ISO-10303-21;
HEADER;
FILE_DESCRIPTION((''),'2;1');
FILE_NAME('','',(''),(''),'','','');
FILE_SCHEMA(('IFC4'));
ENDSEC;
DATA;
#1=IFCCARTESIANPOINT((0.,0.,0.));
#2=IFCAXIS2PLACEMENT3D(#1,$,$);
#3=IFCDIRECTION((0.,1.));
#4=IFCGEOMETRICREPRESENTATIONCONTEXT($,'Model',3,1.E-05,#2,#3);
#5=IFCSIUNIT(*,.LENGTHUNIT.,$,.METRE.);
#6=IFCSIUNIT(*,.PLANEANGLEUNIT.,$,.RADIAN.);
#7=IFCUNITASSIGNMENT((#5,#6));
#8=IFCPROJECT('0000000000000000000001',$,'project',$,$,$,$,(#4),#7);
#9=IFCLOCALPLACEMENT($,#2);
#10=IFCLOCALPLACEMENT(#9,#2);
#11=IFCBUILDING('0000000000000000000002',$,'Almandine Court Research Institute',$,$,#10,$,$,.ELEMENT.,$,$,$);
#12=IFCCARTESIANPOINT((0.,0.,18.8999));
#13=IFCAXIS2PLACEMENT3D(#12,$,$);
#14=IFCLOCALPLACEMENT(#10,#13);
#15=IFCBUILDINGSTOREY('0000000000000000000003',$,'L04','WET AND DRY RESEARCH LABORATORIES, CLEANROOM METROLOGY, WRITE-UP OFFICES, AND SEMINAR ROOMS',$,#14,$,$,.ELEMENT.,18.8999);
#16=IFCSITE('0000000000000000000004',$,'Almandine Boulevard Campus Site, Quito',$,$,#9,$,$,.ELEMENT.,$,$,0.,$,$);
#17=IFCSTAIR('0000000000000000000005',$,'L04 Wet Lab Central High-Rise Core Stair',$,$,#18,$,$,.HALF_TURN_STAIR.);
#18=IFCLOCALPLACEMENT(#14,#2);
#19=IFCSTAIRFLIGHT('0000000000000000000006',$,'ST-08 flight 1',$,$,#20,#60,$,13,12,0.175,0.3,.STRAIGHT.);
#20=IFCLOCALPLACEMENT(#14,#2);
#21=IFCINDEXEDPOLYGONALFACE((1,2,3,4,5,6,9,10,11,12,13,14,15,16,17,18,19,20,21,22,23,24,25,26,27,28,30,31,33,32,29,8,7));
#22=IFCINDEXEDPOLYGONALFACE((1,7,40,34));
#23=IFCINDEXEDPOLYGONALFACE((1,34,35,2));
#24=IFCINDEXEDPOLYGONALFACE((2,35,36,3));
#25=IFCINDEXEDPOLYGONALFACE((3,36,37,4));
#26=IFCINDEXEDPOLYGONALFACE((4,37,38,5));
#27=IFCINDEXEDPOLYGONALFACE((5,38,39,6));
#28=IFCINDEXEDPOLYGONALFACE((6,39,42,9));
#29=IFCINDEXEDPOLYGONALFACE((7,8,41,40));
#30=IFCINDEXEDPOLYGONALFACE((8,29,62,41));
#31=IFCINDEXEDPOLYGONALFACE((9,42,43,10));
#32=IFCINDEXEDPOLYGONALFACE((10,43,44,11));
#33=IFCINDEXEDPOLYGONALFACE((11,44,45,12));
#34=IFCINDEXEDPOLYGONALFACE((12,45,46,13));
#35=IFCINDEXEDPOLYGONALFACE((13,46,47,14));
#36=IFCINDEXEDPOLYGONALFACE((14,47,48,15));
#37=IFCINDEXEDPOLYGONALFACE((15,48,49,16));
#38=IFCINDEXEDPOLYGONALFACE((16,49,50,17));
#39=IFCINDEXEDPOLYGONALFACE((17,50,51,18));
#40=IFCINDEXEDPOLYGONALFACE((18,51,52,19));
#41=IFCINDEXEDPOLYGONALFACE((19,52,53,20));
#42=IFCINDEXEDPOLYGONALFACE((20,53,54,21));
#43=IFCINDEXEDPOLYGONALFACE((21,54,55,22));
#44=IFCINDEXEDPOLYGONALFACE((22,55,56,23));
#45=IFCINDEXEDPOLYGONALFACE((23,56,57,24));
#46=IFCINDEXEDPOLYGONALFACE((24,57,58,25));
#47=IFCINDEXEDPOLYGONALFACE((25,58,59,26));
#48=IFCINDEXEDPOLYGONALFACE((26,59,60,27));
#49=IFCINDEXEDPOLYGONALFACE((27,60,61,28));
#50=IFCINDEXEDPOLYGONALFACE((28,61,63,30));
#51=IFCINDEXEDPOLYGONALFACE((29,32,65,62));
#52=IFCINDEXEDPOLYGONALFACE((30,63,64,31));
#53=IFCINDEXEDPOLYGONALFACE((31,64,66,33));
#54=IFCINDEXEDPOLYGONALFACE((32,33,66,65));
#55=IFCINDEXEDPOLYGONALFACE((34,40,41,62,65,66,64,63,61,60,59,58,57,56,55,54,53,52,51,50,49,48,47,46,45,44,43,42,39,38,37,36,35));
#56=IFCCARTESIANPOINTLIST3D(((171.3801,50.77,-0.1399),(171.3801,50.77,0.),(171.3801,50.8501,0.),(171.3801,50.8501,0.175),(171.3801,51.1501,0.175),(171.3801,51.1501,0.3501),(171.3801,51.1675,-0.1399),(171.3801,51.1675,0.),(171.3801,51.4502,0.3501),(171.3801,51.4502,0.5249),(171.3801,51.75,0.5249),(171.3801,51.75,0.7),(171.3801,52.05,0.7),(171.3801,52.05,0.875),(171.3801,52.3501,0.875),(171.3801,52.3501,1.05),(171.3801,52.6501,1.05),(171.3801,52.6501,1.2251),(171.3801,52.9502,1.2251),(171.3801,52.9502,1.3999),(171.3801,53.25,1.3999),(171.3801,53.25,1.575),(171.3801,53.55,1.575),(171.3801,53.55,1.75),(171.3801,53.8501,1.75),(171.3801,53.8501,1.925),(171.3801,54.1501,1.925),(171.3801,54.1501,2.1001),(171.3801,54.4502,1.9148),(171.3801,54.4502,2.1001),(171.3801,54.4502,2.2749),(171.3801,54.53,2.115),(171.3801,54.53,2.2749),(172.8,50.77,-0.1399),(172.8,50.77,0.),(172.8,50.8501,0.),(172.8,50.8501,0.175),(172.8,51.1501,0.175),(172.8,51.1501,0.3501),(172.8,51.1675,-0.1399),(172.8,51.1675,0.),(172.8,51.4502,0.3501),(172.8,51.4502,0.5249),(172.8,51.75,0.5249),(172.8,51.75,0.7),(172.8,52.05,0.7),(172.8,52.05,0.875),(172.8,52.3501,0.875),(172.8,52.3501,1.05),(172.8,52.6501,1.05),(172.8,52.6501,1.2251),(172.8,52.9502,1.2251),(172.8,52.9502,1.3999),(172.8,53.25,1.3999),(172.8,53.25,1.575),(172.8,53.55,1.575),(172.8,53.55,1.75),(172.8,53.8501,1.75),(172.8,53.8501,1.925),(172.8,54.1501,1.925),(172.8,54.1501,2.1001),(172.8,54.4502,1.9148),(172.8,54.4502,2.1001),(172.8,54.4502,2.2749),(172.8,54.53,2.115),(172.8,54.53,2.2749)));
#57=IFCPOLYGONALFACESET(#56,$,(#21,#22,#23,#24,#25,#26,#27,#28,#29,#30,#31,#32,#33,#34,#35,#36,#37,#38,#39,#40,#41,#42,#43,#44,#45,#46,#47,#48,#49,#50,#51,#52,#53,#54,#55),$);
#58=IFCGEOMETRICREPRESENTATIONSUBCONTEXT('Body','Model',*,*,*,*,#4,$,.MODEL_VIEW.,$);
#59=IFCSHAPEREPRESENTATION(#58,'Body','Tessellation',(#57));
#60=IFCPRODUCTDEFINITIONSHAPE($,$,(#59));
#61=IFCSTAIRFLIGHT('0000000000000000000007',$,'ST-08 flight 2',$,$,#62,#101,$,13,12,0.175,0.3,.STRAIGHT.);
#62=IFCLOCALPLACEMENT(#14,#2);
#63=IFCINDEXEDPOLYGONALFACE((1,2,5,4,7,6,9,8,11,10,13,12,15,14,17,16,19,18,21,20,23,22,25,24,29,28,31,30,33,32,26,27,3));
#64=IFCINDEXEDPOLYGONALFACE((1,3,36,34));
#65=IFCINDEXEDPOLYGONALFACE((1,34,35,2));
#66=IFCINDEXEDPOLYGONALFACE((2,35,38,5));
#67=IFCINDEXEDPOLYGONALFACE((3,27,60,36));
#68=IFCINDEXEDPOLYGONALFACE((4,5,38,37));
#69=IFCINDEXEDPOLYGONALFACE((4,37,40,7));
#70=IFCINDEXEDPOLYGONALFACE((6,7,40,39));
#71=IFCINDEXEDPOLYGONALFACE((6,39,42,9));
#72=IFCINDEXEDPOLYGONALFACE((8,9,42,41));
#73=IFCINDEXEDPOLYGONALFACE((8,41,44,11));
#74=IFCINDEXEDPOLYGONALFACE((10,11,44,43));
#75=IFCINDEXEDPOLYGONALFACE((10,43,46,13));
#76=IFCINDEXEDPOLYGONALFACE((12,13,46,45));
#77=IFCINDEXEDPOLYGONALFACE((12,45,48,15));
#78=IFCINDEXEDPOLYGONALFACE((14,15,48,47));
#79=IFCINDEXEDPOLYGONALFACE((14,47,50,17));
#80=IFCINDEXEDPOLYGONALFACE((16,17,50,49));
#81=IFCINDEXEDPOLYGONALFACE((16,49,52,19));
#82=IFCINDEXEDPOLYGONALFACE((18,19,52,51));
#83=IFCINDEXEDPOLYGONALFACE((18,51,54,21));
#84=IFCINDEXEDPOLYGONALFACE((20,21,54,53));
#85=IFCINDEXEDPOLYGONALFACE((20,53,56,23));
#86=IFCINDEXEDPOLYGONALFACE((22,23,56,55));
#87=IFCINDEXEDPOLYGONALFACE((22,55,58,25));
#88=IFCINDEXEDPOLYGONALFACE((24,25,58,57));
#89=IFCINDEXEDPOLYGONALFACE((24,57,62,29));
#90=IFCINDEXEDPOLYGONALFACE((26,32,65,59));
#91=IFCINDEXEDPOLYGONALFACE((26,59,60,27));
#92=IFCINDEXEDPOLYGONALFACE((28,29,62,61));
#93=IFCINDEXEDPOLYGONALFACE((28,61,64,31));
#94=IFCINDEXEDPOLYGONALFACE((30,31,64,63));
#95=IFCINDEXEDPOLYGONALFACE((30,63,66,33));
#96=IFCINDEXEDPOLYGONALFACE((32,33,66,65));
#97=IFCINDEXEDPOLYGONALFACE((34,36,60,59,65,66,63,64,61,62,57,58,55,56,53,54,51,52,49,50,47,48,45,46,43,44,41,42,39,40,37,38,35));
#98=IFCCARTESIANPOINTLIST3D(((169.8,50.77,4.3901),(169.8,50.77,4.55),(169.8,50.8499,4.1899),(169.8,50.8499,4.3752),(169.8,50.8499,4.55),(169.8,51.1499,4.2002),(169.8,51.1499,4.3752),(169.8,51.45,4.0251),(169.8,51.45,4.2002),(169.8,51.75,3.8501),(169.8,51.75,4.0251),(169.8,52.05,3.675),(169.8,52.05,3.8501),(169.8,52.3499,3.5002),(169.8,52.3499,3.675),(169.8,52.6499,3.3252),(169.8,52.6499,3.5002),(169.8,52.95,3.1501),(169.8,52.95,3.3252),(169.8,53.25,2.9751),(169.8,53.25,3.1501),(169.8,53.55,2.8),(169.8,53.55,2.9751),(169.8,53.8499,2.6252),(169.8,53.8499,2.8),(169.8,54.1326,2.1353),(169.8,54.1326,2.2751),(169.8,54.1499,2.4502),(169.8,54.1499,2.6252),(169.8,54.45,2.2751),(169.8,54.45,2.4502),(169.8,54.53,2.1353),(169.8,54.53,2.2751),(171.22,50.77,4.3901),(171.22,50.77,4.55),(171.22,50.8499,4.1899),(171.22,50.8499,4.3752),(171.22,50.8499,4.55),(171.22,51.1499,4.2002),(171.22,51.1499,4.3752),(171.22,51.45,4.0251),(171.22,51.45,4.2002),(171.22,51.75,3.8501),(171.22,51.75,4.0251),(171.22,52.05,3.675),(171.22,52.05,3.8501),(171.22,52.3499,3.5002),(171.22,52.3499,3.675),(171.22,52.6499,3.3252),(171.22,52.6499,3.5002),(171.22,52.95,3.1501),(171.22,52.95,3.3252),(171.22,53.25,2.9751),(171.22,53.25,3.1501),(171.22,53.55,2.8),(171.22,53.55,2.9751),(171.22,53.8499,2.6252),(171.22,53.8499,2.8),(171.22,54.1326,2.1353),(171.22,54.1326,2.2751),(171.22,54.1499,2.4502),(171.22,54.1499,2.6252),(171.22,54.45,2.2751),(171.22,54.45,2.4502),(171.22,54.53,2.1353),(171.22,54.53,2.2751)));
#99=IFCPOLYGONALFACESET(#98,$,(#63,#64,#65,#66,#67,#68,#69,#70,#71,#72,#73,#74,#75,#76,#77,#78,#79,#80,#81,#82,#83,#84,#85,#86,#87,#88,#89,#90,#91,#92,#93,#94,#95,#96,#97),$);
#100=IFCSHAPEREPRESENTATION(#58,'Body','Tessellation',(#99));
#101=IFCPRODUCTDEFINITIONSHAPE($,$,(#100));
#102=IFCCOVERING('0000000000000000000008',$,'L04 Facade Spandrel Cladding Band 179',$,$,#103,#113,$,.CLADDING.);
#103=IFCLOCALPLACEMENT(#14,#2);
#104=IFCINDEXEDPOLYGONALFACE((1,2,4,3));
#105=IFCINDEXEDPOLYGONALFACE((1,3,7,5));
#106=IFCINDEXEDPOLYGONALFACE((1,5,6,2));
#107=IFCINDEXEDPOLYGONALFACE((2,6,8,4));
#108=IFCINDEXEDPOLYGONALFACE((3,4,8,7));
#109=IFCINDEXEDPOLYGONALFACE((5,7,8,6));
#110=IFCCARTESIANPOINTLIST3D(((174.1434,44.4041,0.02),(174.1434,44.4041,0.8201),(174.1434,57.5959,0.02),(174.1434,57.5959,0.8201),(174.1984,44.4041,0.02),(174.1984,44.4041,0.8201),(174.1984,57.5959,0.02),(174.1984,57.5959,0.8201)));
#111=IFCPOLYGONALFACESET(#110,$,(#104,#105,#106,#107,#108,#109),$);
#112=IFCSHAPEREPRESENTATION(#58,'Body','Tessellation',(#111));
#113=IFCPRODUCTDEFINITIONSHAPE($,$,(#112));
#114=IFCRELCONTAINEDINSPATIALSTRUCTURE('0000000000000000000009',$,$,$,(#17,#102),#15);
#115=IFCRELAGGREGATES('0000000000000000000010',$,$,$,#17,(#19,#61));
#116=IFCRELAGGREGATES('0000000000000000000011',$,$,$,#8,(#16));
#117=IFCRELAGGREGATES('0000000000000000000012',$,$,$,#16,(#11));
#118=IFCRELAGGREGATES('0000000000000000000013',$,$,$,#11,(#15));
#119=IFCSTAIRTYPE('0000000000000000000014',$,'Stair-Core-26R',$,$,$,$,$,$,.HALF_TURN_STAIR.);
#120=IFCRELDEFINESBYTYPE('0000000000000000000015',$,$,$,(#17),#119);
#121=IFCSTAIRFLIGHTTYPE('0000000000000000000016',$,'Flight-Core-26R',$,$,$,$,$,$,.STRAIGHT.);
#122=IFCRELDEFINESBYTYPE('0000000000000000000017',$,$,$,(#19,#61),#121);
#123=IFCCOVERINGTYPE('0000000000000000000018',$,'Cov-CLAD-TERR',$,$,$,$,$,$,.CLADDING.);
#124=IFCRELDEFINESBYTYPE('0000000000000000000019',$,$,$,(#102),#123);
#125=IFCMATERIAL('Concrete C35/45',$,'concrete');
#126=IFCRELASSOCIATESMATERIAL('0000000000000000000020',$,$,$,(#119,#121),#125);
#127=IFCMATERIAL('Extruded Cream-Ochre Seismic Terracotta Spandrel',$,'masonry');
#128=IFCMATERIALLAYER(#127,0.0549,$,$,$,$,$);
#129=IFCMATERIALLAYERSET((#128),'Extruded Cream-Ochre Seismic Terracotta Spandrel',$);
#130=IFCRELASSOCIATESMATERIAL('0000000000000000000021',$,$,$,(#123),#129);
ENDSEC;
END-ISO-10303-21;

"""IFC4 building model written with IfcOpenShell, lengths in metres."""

from ifc_helpers import new_model, si_unit, direction, frame, origin, origin_2d, place, context, subcontext, project, spatial, polyline, rectangle, outline, extrude, material, layer, layer_set, type_object, element, aggregate, save


model = new_model("IFC4")

# Units and contexts
model_context = context("Model", 3, precision=1e-05, world=origin(), true_north=direction((0.0, 1.0)))
body_context = subcontext(model_context, "Body", "Model", "MODEL_VIEW")
ifc_project = project(units=[si_unit("LENGTHUNIT", "METRE"), si_unit("PLANEANGLEUNIT", "RADIAN")], contexts=[model_context])

# Site, building, storey
site_placement = place(None, origin())
site = spatial("IfcSite", under=ifc_project, at=site_placement, Name="Almandine Boulevard Campus Site, Quito", CompositionType="ELEMENT", RefElevation=0.0)
building_placement = place(site_placement, origin())
building = spatial("IfcBuilding", under=site, at=building_placement, Name="Almandine Court Research Institute", CompositionType="ELEMENT")
storey_placement = place(building_placement, frame((0.0, 0.0, 18.8999)))
storey = spatial("IfcBuildingStorey", under=building, at=storey_placement, Name="L04", Description="WET AND DRY RESEARCH LABORATORIES, CLEANROOM METROLOGY, WRITE-UP OFFICES, AND SEMINAR ROOMS", CompositionType="ELEMENT", Elevation=18.8999)

# Stair, stair flights
ifc_material_1 = material(Name="Concrete C35/45", Category="concrete")
stair_type = type_object("IfcStairType", Name="Stair-Core-26R", PredefinedType="HALF_TURN_STAIR", material=ifc_material_1)
stair_placement = place(storey_placement, origin())
stair = element("IfcStair", 1, at=stair_placement, inside=storey, type_object=stair_type, Name="L04 Wet Lab Central High-Rise Core Stair", PredefinedType="HALF_TURN_STAIR")
stair_flight_type = type_object("IfcStairFlightType", Name="Flight-Core-26R", PredefinedType="STRAIGHT", material=ifc_material_1)
stair_flight_1_placement = place(storey_placement, frame((172.0901, 50.8501, 0.0), z_axis=(0.0, 0.0, 1.0), x_axis=(0.0, 1.0, 0.0)))
stair_flight_1 = element("IfcStairFlight", 2, at=stair_flight_1_placement, type_object=stair_flight_type, Name="ST-08 flight 1", NumberOfRisers=13, NumberOfTreads=12, PredefinedType="STRAIGHT", RiserHeight=0.175, TreadLength=0.3, context=body_context, shape_type="SweptSolid", body=[
    extrude(outline(polyline([(-0.0801, -0.1399), (-0.0801, 0.0), (0.0, 0.0), (0.0, 0.175), (0.3, 0.175), (0.3, 0.3501), (0.6001, 0.3501), (0.6001, 0.5249), (0.8999, 0.5249), (0.8999, 0.7), (1.2, 0.7), (1.2, 0.875), (1.5, 0.875), (1.5, 1.05), (1.8, 1.05), (1.8, 1.2251), (2.1001, 1.2251), (2.1001, 1.3999), (2.3999, 1.3999), (2.3999, 1.575), (2.7, 1.575), (2.7, 1.75), (3.0, 1.75), (3.0, 1.925), (3.3, 1.925), (3.3, 2.1001), (3.6001, 2.1001), (3.6001, 2.2749), (3.6799, 2.2749), (3.6799, 2.115), (3.6001, 1.9148), (0.3174, 0.0), (0.3174, -0.1399), (-0.0801, -0.1399)])), frame((0.0, 0.71, 0.0), z_axis=(0.0, -1.0, 0.0), x_axis=(1.0, 0.0, 0.0)), (0.0, 0.0, 1.0), 1.4199),
])
stair_flight_2_placement = place(storey_placement, frame((170.51, 54.45, 2.2751), z_axis=(0.0, 0.0, 1.0), x_axis=(0.0, -1.0, 0.0)))
stair_flight_2 = element("IfcStairFlight", 3, at=stair_flight_2_placement, type_object=stair_flight_type, Name="ST-08 flight 2", NumberOfRisers=13, NumberOfTreads=12, PredefinedType="STRAIGHT", RiserHeight=0.175, TreadLength=0.3, context=body_context, shape_type="SweptSolid", body=[
    extrude(outline(polyline([(-0.0801, -0.1399), (-0.0801, 0.0), (0.0, 0.0), (0.0, 0.175), (0.3, 0.175), (0.3, 0.3501), (0.6001, 0.3501), (0.6001, 0.5249), (0.8999, 0.5249), (0.8999, 0.7), (1.2, 0.7), (1.2, 0.875), (1.5, 0.875), (1.5, 1.05), (1.8, 1.05), (1.8, 1.2251), (2.1001, 1.2251), (2.1001, 1.3999), (2.3999, 1.3999), (2.3999, 1.575), (2.7, 1.575), (2.7, 1.75), (3.0, 1.75), (3.0, 1.925), (3.3, 1.925), (3.3, 2.1001), (3.6001, 2.1001), (3.6001, 2.2749), (3.6799, 2.2749), (3.6799, 2.115), (3.6001, 1.9148), (0.3174, 0.0), (0.3174, -0.1399), (-0.0801, -0.1399)])), frame((0.0, 0.71, 0.0), z_axis=(0.0, -1.0, 0.0), x_axis=(1.0, 0.0, 0.0)), (0.0, 0.0, 1.0), 1.4199),
])
aggregate(stair, [stair_flight_1, stair_flight_2])

# Covering
ifc_material_2 = material(Name="Extruded Cream-Ochre Seismic Terracotta Spandrel", Category="masonry")
ifc_layer_1 = layer(ifc_material_2, 0.0549)
ifc_layer_set_1 = layer_set([ifc_layer_1], Name="Extruded Cream-Ochre Seismic Terracotta Spandrel")
covering_type = type_object("IfcCoveringType", Name="Cov-CLAD-TERR", PredefinedType="CLADDING", material=ifc_layer_set_1)
covering_placement = place(storey_placement, frame((174.1709, 51.0, 0.02), z_axis=(0.0, 0.0, 1.0), x_axis=(0.0, -1.0, 0.0)))
element("IfcCovering", 4, at=covering_placement, inside=storey, type_object=covering_type, Name="L04 Facade Spandrel Cladding Band 179", PredefinedType="CLADDING", context=body_context, shape_type="SweptSolid", body=[
    extrude(rectangle(XDim=13.1919, YDim=0.0549, at=origin_2d()), origin(), (0.0, 0.0, 1.0), 0.8),
])

save(model, "model.ifc")
